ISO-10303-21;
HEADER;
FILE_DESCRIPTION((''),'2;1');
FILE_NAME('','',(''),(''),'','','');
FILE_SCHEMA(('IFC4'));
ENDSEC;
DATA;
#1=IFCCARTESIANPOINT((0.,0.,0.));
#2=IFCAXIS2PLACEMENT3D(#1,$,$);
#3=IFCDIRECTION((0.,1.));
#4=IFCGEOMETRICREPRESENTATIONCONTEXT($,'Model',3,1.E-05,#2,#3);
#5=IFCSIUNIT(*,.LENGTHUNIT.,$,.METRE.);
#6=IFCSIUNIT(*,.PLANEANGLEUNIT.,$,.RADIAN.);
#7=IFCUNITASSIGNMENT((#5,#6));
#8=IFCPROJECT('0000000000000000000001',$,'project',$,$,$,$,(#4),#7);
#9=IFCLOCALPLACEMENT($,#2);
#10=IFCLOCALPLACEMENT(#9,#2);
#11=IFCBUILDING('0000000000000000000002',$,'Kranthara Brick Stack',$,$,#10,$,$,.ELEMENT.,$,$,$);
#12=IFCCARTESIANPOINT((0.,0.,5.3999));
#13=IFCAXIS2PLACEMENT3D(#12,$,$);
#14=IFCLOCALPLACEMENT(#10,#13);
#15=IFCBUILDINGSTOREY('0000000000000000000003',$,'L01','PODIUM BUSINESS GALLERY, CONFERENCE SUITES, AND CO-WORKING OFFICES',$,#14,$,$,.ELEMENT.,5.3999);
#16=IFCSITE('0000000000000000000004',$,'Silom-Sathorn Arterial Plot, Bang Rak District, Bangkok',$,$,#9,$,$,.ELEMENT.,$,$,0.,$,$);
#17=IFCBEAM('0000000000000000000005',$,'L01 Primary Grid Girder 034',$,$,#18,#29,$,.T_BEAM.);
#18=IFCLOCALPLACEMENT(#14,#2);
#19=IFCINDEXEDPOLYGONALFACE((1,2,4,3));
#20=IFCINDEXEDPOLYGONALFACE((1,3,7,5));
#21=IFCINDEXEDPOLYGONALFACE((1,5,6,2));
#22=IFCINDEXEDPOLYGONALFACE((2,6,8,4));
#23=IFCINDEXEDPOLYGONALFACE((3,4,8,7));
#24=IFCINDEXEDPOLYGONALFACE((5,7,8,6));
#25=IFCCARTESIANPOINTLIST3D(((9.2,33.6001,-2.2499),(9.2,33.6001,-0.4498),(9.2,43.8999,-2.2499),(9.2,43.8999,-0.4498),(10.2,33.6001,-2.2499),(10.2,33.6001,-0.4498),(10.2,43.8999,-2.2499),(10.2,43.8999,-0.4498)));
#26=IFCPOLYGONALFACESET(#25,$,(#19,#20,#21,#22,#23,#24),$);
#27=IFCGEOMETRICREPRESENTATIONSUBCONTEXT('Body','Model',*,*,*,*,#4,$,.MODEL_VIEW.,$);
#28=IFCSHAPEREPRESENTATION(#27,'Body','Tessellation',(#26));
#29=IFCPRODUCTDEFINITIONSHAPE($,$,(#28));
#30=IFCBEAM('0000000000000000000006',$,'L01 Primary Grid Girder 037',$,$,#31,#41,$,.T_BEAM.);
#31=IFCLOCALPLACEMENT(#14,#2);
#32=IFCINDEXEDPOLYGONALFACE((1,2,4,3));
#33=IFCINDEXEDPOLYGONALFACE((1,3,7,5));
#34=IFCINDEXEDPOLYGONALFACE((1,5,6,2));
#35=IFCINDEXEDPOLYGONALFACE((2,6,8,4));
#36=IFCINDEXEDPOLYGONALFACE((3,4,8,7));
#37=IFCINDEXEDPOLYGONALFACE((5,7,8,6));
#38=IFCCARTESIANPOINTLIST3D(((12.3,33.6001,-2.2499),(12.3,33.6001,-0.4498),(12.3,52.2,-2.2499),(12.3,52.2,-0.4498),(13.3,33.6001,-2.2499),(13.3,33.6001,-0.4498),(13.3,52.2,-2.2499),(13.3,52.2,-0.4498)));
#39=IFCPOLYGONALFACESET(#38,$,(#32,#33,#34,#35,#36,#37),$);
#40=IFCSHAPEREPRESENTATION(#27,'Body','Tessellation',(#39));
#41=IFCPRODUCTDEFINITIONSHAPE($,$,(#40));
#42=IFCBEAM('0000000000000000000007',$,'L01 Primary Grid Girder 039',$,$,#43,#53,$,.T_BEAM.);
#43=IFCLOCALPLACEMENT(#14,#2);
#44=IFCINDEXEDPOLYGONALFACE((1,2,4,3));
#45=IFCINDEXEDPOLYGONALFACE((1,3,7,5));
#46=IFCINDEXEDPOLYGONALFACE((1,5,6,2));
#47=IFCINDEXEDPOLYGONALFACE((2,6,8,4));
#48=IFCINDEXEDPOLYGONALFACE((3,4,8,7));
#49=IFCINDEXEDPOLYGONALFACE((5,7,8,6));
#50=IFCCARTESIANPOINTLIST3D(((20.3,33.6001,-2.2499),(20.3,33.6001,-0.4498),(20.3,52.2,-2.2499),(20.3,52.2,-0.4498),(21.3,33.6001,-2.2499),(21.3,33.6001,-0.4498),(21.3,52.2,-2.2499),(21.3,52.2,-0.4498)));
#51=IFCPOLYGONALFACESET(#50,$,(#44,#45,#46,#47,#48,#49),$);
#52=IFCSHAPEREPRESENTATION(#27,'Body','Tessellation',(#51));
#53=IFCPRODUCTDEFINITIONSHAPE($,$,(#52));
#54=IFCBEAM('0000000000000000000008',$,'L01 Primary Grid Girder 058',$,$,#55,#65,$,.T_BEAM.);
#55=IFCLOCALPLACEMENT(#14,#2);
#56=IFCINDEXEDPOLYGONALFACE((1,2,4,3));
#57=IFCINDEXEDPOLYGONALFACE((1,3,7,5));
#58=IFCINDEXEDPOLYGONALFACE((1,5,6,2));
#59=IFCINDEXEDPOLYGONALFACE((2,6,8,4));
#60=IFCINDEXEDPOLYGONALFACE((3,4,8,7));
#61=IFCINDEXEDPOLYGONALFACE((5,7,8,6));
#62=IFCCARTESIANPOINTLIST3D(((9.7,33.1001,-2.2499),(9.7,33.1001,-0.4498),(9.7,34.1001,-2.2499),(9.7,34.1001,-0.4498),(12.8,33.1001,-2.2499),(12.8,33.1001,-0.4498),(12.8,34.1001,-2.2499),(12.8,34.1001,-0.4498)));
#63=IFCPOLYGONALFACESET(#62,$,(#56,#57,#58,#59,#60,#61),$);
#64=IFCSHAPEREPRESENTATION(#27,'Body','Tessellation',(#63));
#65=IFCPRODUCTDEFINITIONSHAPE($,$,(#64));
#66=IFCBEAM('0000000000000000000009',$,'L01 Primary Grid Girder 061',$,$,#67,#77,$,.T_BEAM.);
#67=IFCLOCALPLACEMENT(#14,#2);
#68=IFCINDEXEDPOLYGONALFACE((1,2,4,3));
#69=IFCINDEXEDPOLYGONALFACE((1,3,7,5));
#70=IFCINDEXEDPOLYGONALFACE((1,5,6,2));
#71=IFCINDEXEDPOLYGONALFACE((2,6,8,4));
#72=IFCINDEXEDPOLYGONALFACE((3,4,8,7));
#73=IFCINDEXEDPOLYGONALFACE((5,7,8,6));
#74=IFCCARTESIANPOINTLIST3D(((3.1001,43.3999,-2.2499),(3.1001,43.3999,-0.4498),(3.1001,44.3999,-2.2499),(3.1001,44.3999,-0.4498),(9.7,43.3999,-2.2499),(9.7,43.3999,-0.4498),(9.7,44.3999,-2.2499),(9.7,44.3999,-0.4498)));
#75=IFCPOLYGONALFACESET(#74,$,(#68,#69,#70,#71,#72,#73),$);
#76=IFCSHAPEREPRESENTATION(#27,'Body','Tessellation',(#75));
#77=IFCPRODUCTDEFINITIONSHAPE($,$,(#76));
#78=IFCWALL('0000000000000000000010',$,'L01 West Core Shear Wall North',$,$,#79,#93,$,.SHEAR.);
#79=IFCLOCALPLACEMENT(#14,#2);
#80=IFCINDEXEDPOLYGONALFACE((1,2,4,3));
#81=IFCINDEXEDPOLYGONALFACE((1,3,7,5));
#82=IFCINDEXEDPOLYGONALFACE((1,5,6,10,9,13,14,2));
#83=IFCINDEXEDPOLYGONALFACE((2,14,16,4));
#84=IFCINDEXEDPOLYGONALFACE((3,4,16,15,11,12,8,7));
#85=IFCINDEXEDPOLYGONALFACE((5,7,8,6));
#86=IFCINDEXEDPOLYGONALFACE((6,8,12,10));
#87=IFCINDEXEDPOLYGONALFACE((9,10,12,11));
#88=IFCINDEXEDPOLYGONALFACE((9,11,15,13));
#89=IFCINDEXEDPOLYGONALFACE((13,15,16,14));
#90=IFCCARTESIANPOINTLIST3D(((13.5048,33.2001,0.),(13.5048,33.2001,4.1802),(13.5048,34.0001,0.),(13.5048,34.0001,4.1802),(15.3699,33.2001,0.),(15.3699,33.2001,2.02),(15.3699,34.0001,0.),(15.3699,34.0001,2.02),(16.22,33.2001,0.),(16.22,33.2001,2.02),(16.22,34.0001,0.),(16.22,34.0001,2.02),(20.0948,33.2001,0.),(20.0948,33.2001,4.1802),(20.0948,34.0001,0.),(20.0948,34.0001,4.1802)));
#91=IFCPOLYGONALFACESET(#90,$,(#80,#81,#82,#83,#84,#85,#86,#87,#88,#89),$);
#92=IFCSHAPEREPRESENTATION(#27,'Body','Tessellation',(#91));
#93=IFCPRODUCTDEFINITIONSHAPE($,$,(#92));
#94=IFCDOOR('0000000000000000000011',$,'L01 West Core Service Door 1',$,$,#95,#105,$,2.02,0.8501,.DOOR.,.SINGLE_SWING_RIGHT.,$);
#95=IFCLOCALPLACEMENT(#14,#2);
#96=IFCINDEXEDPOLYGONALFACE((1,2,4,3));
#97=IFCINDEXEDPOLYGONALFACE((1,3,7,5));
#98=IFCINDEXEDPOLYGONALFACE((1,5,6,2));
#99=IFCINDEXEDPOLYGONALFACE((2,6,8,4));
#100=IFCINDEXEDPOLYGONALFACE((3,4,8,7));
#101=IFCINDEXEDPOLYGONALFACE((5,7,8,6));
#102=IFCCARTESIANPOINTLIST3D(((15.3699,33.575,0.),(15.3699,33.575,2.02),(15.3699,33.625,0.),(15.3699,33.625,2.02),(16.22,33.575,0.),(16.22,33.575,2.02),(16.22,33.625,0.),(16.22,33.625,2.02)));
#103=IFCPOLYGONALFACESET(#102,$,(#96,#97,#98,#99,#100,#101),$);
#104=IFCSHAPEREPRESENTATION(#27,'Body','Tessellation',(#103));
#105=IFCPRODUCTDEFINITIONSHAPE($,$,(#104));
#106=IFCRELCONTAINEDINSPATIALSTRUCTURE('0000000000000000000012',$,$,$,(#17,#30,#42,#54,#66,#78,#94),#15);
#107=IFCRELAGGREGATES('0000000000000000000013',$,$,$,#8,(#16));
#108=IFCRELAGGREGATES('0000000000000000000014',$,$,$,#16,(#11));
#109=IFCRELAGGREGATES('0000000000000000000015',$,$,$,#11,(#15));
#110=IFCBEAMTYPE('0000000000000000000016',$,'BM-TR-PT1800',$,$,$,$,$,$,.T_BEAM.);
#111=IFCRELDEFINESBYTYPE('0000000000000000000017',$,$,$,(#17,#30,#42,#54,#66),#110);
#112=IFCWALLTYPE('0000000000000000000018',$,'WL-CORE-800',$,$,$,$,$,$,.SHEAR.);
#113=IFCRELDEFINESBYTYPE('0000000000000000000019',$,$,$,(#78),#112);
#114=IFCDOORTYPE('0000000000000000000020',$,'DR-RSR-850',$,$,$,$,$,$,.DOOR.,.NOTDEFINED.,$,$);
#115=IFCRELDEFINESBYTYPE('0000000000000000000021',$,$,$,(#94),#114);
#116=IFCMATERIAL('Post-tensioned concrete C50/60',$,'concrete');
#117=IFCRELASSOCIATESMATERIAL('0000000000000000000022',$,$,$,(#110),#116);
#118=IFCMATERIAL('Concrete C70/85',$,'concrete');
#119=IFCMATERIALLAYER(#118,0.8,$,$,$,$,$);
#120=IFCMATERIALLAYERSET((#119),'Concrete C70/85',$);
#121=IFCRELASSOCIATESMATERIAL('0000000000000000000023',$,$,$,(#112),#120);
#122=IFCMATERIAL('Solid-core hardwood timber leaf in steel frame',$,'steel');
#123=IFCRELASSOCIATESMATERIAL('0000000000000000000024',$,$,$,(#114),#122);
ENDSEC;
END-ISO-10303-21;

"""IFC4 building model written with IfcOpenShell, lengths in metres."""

from ifc_helpers import new_model, si_unit, direction, frame, frame_2d, origin, origin_2d, place, context, subcontext, project, spatial, rectangle, extrude, material, layer, layer_set, material_profile, profile_set, type_object, element, fill, save


model = new_model("IFC4")

# Units and contexts
model_context = context("Model", 3, precision=1e-05, world=origin(), true_north=direction((0.0, 1.0)))
body_context = subcontext(model_context, "Body", "Model", "MODEL_VIEW")
ifc_project = project(units=[si_unit("LENGTHUNIT", "METRE"), si_unit("PLANEANGLEUNIT", "RADIAN")], contexts=[model_context])

# Site, building, storey
site_placement = place(None, origin())
site = spatial("IfcSite", under=ifc_project, at=site_placement, Name="Silom-Sathorn Arterial Plot, Bang Rak District, Bangkok", CompositionType="ELEMENT", RefElevation=0.0)
building_placement = place(site_placement, origin())
building = spatial("IfcBuilding", under=site, at=building_placement, Name="Kranthara Brick Stack", CompositionType="ELEMENT")
storey_placement = place(building_placement, frame((0.0, 0.0, 5.3999)))
storey = spatial("IfcBuildingStorey", under=building, at=storey_placement, Name="L01", Description="PODIUM BUSINESS GALLERY, CONFERENCE SUITES, AND CO-WORKING OFFICES", CompositionType="ELEMENT", Elevation=5.3999)

# Beams
ifc_material_1 = material(Name="Post-tensioned concrete C50/60", Category="concrete")
ifc_material_profile_1 = material_profile(ifc_material_1, rectangle(XDim=1.0, YDim=1.8, at=origin_2d()), Name="PT 1000x1800")
ifc_profile_set_1 = profile_set([ifc_material_profile_1], Name="Post-tensioned concrete C50/60")
beam_type_1 = type_object("IfcBeamType", Name="BM-TR-PT1800", PredefinedType="T_BEAM", material=ifc_profile_set_1)
beam_1_placement = place(storey_placement, frame((9.7, 33.6001, -1.3499), z_axis=(0.0, 1.0, 0.0), x_axis=(-1.0, 0.0, 0.0)))
element("IfcBeam", 1, at=beam_1_placement, inside=storey, type_object=beam_type_1, Name="L01 Primary Grid Girder 034", PredefinedType="T_BEAM", context=body_context, shape_type="SweptSolid", body=[
    extrude(rectangle(XDim=1.0, YDim=1.8, at=origin_2d()), origin(), (0.0, 0.0, 1.0), 10.2998),
])
for number, where, z_axis, x_axis, name in (
    (2, (12.8, 33.6001, -1.3499), (0.0, 1.0, 0.0), (-1.0, 0.0, 0.0), "L01 Primary Grid Girder 037"),
    (3, (20.8, 33.6001, -1.3499), (0.0, 1.0, 0.0), (-1.0, 0.0, 0.0), "L01 Primary Grid Girder 039"),
):
    element("IfcBeam", number, at=place(storey_placement, frame(where, z_axis=z_axis, x_axis=x_axis)), inside=storey, type_object=beam_type_1, Name=name, PredefinedType="T_BEAM", context=body_context, shape_type="SweptSolid", body=[
        extrude(rectangle(XDim=1.0, YDim=1.8, at=origin_2d()), origin(), (0.0, 0.0, 1.0), 18.5999),
    ])
beam_2_placement = place(storey_placement, frame((9.7, 33.6001, -1.3499), z_axis=(1.0, 0.0, 0.0), x_axis=(0.0, 1.0, 0.0)))
element("IfcBeam", 4, at=beam_2_placement, inside=storey, type_object=beam_type_1, Name="L01 Primary Grid Girder 058", PredefinedType="T_BEAM", context=body_context, shape_type="SweptSolid", body=[
    extrude(rectangle(XDim=1.0, YDim=1.8, at=origin_2d()), origin(), (0.0, 0.0, 1.0), 3.1001),
])
beam_3_placement = place(storey_placement, frame((3.1001, 43.8999, -1.3499), z_axis=(1.0, 0.0, 0.0), x_axis=(0.0, 1.0, 0.0)))
element("IfcBeam", 5, at=beam_3_placement, inside=storey, type_object=beam_type_1, Name="L01 Primary Grid Girder 061", PredefinedType="T_BEAM", context=body_context, shape_type="SweptSolid", body=[
    extrude(rectangle(XDim=1.0, YDim=1.8, at=origin_2d()), origin(), (0.0, 0.0, 1.0), 6.5999),
])

# Wall, opening, door
ifc_material_2 = material(Name="Concrete C70/85", Category="concrete")
ifc_layer_1 = layer(ifc_material_2, 0.8)
ifc_layer_set_1 = layer_set([ifc_layer_1], Name="Concrete C70/85")
wall_type_1 = type_object("IfcWallType", Name="WL-CORE-800", PredefinedType="SHEAR", material=ifc_layer_set_1)
wall_1_placement = place(storey_placement, frame((13.5049, 33.6001, 0.0), z_axis=(0.0, 0.0, 1.0), x_axis=(1.0, 0.0, 0.0)))
wall_1 = element("IfcWall", 6, at=wall_1_placement, inside=storey, type_object=wall_type_1, Name="L01 West Core Shear Wall North", PredefinedType="SHEAR", context=body_context, shape_type="SweptSolid", body=[
    extrude(rectangle(XDim=6.5901, YDim=0.8, at=frame_2d((3.2949, 0.0))), origin(), (0.0, 0.0, 1.0), 4.1802),
])
opening_1_placement = place(wall_1_placement, frame((1.865, 0.0, 0.0)))
opening_1 = element("IfcOpeningElement", 7, at=opening_1_placement, cuts=wall_1, PredefinedType="OPENING", context=body_context, shape_type="SweptSolid", body=[
    extrude(rectangle(XDim=0.8501, YDim=2.02, at=frame_2d((0.425, 1.01))), frame((0.0, 0.4099, 0.0), z_axis=(0.0, -1.0, 0.0), x_axis=(1.0, 0.0, 0.0)), (0.0, 0.0, 1.0), 0.8201),
])
ifc_material_3 = material(Name="Solid-core hardwood timber leaf in steel frame", Category="steel")
door_type_1 = type_object("IfcDoorType", Name="DR-RSR-850", OperationType="NOTDEFINED", PredefinedType="DOOR", material=ifc_material_3)
door_1_placement = place(opening_1_placement, origin())
door_1 = element("IfcDoor", 8, at=door_1_placement, inside=storey, type_object=door_type_1, Name="L01 West Core Service Door 1", OperationType="SINGLE_SWING_RIGHT", OverallHeight=2.02, OverallWidth=0.8501, PredefinedType="DOOR", context=body_context, shape_type="SweptSolid", body=[
    extrude(rectangle(XDim=0.8501, YDim=2.02, at=frame_2d((0.425, 1.01))), frame((0.0, 0.0249, 0.0), z_axis=(0.0, -1.0, 0.0), x_axis=(1.0, 0.0, 0.0)), (0.0, 0.0, 1.0), 0.05),
])
fill(opening_1, door_1)

save(model, "model.ifc")
